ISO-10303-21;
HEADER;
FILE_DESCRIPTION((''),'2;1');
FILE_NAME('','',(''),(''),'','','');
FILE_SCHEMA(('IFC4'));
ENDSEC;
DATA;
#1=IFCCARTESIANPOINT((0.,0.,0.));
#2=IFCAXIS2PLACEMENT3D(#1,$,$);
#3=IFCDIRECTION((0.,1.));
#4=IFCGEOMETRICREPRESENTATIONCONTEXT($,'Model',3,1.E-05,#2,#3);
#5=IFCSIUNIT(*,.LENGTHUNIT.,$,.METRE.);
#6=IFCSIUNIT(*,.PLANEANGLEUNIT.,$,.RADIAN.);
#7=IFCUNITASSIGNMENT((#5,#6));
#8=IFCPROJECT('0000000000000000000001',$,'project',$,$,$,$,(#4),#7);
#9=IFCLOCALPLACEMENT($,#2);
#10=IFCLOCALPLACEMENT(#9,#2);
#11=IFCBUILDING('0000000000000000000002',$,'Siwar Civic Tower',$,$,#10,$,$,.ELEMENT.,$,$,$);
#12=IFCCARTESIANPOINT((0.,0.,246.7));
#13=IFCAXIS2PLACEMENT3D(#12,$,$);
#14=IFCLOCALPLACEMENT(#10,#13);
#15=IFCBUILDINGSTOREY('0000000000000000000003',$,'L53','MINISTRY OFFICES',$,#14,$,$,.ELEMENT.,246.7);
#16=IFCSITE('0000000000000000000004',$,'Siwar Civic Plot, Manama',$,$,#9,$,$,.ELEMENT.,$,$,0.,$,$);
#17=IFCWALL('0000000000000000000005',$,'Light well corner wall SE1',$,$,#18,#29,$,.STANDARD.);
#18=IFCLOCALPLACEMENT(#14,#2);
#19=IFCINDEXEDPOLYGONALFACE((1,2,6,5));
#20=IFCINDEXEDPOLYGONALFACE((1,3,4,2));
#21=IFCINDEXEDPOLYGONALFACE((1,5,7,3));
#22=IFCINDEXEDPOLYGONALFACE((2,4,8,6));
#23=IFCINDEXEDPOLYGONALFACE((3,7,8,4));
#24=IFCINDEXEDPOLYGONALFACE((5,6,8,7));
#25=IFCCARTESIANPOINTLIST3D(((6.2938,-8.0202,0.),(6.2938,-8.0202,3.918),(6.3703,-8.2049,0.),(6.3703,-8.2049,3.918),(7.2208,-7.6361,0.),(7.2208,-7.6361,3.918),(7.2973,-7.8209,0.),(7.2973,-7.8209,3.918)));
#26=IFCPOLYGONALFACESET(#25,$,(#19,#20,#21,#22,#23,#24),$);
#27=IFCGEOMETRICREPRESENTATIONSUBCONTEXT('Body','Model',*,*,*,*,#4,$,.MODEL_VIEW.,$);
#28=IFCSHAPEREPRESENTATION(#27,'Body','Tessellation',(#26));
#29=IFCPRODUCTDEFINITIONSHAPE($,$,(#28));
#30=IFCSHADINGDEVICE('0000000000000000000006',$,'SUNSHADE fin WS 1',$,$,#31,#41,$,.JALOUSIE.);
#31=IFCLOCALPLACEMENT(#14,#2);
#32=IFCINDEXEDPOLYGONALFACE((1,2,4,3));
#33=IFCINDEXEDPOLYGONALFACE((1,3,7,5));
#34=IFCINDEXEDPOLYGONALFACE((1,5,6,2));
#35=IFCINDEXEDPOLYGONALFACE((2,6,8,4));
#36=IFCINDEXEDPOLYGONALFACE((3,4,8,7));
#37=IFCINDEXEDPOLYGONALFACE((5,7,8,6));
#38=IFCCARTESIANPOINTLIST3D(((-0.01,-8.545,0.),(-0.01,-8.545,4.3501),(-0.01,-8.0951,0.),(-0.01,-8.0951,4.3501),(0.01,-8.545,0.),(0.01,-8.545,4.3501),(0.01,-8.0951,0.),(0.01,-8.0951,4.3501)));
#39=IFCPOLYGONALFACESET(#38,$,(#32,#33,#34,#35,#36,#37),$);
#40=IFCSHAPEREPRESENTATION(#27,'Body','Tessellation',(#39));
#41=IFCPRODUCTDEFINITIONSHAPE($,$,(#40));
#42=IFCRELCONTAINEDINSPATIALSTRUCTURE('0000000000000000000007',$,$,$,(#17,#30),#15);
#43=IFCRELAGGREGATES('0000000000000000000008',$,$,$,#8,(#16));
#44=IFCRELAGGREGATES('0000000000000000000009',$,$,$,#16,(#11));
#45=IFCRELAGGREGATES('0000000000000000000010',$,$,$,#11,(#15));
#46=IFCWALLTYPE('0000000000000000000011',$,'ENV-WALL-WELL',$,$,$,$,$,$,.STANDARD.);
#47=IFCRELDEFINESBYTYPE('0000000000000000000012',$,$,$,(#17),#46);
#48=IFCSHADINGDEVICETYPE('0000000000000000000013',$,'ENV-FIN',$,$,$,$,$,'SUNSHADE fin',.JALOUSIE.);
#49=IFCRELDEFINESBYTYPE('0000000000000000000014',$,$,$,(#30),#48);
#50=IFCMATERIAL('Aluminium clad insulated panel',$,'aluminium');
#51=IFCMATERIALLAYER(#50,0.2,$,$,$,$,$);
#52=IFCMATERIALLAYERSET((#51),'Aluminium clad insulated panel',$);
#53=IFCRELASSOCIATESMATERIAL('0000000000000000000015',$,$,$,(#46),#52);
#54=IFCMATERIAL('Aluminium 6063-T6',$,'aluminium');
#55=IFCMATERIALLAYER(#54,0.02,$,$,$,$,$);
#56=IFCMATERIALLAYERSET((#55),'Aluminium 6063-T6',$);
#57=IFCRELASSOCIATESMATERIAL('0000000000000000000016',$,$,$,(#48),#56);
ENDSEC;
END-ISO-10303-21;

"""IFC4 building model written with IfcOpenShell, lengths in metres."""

from ifc_helpers import new_model, si_unit, direction, frame, frame_2d, origin, origin_2d, place, context, subcontext, project, spatial, rectangle, extrude, material, layer, layer_set, type_object, element, save


model = new_model("IFC4")

# Units and contexts
model_context = context("Model", 3, precision=1e-05, world=origin(), true_north=direction((0.0, 1.0)))
body_context = subcontext(model_context, "Body", "Model", "MODEL_VIEW")
ifc_project = project(units=[si_unit("LENGTHUNIT", "METRE"), si_unit("PLANEANGLEUNIT", "RADIAN")], contexts=[model_context])

# Site, building, storey
site_placement = place(None, origin())
site = spatial("IfcSite", under=ifc_project, at=site_placement, Name="Siwar Civic Plot, Manama", CompositionType="ELEMENT", RefElevation=0.0)
building_placement = place(site_placement, origin())
building = spatial("IfcBuilding", under=site, at=building_placement, Name="Siwar Civic Tower", CompositionType="ELEMENT")
storey_placement = place(building_placement, frame((0.0, 0.0, 246.7)))
storey = spatial("IfcBuildingStorey", under=building, at=storey_placement, Name="L53", Description="MINISTRY OFFICES", CompositionType="ELEMENT", Elevation=246.7)

# Wall
ifc_material_1 = material(Name="Aluminium clad insulated panel", Category="aluminium")
ifc_layer_1 = layer(ifc_material_1, 0.2)
ifc_layer_set_1 = layer_set([ifc_layer_1], Name="Aluminium clad insulated panel")
wall_type = type_object("IfcWallType", Name="ENV-WALL-WELL", PredefinedType="STANDARD", material=ifc_layer_set_1)
wall_placement = place(storey_placement, frame((6.332, -8.1125, 0.0), z_axis=(0.0, 0.0, 1.0), x_axis=(0.92386, 0.382731, 0.0)))
element("IfcWall", 1, at=wall_placement, inside=storey, type_object=wall_type, Name="Light well corner wall SE1", PredefinedType="STANDARD", context=body_context, shape_type="SweptSolid", body=[
    extrude(rectangle(XDim=1.0034, YDim=0.2, at=frame_2d((0.5017, 0.0))), origin(), (0.0, 0.0, 1.0), 3.918),
])

# Shading device
ifc_material_2 = material(Name="Aluminium 6063-T6", Category="aluminium")
ifc_layer_2 = layer(ifc_material_2, 0.02)
ifc_layer_set_2 = layer_set([ifc_layer_2], Name="Aluminium 6063-T6")
shading_device_type = type_object("IfcShadingDeviceType", Name="ENV-FIN", ElementType="SUNSHADE fin", PredefinedType="JALOUSIE", material=ifc_layer_set_2)
shading_device_placement = place(storey_placement, frame((0.0, -8.3201, 0.0), z_axis=(0.0, 0.0, 1.0), x_axis=(1.0, 0.0, 0.0)))
element("IfcShadingDevice", 2, at=shading_device_placement, inside=storey, type_object=shading_device_type, Name="SUNSHADE fin WS 1", PredefinedType="JALOUSIE", context=body_context, shape_type="SweptSolid", body=[
    extrude(rectangle(XDim=0.02, YDim=0.45, at=origin_2d()), origin(), (0.0, 0.0, 1.0), 4.3501),
])

save(model, "model.ifc")
